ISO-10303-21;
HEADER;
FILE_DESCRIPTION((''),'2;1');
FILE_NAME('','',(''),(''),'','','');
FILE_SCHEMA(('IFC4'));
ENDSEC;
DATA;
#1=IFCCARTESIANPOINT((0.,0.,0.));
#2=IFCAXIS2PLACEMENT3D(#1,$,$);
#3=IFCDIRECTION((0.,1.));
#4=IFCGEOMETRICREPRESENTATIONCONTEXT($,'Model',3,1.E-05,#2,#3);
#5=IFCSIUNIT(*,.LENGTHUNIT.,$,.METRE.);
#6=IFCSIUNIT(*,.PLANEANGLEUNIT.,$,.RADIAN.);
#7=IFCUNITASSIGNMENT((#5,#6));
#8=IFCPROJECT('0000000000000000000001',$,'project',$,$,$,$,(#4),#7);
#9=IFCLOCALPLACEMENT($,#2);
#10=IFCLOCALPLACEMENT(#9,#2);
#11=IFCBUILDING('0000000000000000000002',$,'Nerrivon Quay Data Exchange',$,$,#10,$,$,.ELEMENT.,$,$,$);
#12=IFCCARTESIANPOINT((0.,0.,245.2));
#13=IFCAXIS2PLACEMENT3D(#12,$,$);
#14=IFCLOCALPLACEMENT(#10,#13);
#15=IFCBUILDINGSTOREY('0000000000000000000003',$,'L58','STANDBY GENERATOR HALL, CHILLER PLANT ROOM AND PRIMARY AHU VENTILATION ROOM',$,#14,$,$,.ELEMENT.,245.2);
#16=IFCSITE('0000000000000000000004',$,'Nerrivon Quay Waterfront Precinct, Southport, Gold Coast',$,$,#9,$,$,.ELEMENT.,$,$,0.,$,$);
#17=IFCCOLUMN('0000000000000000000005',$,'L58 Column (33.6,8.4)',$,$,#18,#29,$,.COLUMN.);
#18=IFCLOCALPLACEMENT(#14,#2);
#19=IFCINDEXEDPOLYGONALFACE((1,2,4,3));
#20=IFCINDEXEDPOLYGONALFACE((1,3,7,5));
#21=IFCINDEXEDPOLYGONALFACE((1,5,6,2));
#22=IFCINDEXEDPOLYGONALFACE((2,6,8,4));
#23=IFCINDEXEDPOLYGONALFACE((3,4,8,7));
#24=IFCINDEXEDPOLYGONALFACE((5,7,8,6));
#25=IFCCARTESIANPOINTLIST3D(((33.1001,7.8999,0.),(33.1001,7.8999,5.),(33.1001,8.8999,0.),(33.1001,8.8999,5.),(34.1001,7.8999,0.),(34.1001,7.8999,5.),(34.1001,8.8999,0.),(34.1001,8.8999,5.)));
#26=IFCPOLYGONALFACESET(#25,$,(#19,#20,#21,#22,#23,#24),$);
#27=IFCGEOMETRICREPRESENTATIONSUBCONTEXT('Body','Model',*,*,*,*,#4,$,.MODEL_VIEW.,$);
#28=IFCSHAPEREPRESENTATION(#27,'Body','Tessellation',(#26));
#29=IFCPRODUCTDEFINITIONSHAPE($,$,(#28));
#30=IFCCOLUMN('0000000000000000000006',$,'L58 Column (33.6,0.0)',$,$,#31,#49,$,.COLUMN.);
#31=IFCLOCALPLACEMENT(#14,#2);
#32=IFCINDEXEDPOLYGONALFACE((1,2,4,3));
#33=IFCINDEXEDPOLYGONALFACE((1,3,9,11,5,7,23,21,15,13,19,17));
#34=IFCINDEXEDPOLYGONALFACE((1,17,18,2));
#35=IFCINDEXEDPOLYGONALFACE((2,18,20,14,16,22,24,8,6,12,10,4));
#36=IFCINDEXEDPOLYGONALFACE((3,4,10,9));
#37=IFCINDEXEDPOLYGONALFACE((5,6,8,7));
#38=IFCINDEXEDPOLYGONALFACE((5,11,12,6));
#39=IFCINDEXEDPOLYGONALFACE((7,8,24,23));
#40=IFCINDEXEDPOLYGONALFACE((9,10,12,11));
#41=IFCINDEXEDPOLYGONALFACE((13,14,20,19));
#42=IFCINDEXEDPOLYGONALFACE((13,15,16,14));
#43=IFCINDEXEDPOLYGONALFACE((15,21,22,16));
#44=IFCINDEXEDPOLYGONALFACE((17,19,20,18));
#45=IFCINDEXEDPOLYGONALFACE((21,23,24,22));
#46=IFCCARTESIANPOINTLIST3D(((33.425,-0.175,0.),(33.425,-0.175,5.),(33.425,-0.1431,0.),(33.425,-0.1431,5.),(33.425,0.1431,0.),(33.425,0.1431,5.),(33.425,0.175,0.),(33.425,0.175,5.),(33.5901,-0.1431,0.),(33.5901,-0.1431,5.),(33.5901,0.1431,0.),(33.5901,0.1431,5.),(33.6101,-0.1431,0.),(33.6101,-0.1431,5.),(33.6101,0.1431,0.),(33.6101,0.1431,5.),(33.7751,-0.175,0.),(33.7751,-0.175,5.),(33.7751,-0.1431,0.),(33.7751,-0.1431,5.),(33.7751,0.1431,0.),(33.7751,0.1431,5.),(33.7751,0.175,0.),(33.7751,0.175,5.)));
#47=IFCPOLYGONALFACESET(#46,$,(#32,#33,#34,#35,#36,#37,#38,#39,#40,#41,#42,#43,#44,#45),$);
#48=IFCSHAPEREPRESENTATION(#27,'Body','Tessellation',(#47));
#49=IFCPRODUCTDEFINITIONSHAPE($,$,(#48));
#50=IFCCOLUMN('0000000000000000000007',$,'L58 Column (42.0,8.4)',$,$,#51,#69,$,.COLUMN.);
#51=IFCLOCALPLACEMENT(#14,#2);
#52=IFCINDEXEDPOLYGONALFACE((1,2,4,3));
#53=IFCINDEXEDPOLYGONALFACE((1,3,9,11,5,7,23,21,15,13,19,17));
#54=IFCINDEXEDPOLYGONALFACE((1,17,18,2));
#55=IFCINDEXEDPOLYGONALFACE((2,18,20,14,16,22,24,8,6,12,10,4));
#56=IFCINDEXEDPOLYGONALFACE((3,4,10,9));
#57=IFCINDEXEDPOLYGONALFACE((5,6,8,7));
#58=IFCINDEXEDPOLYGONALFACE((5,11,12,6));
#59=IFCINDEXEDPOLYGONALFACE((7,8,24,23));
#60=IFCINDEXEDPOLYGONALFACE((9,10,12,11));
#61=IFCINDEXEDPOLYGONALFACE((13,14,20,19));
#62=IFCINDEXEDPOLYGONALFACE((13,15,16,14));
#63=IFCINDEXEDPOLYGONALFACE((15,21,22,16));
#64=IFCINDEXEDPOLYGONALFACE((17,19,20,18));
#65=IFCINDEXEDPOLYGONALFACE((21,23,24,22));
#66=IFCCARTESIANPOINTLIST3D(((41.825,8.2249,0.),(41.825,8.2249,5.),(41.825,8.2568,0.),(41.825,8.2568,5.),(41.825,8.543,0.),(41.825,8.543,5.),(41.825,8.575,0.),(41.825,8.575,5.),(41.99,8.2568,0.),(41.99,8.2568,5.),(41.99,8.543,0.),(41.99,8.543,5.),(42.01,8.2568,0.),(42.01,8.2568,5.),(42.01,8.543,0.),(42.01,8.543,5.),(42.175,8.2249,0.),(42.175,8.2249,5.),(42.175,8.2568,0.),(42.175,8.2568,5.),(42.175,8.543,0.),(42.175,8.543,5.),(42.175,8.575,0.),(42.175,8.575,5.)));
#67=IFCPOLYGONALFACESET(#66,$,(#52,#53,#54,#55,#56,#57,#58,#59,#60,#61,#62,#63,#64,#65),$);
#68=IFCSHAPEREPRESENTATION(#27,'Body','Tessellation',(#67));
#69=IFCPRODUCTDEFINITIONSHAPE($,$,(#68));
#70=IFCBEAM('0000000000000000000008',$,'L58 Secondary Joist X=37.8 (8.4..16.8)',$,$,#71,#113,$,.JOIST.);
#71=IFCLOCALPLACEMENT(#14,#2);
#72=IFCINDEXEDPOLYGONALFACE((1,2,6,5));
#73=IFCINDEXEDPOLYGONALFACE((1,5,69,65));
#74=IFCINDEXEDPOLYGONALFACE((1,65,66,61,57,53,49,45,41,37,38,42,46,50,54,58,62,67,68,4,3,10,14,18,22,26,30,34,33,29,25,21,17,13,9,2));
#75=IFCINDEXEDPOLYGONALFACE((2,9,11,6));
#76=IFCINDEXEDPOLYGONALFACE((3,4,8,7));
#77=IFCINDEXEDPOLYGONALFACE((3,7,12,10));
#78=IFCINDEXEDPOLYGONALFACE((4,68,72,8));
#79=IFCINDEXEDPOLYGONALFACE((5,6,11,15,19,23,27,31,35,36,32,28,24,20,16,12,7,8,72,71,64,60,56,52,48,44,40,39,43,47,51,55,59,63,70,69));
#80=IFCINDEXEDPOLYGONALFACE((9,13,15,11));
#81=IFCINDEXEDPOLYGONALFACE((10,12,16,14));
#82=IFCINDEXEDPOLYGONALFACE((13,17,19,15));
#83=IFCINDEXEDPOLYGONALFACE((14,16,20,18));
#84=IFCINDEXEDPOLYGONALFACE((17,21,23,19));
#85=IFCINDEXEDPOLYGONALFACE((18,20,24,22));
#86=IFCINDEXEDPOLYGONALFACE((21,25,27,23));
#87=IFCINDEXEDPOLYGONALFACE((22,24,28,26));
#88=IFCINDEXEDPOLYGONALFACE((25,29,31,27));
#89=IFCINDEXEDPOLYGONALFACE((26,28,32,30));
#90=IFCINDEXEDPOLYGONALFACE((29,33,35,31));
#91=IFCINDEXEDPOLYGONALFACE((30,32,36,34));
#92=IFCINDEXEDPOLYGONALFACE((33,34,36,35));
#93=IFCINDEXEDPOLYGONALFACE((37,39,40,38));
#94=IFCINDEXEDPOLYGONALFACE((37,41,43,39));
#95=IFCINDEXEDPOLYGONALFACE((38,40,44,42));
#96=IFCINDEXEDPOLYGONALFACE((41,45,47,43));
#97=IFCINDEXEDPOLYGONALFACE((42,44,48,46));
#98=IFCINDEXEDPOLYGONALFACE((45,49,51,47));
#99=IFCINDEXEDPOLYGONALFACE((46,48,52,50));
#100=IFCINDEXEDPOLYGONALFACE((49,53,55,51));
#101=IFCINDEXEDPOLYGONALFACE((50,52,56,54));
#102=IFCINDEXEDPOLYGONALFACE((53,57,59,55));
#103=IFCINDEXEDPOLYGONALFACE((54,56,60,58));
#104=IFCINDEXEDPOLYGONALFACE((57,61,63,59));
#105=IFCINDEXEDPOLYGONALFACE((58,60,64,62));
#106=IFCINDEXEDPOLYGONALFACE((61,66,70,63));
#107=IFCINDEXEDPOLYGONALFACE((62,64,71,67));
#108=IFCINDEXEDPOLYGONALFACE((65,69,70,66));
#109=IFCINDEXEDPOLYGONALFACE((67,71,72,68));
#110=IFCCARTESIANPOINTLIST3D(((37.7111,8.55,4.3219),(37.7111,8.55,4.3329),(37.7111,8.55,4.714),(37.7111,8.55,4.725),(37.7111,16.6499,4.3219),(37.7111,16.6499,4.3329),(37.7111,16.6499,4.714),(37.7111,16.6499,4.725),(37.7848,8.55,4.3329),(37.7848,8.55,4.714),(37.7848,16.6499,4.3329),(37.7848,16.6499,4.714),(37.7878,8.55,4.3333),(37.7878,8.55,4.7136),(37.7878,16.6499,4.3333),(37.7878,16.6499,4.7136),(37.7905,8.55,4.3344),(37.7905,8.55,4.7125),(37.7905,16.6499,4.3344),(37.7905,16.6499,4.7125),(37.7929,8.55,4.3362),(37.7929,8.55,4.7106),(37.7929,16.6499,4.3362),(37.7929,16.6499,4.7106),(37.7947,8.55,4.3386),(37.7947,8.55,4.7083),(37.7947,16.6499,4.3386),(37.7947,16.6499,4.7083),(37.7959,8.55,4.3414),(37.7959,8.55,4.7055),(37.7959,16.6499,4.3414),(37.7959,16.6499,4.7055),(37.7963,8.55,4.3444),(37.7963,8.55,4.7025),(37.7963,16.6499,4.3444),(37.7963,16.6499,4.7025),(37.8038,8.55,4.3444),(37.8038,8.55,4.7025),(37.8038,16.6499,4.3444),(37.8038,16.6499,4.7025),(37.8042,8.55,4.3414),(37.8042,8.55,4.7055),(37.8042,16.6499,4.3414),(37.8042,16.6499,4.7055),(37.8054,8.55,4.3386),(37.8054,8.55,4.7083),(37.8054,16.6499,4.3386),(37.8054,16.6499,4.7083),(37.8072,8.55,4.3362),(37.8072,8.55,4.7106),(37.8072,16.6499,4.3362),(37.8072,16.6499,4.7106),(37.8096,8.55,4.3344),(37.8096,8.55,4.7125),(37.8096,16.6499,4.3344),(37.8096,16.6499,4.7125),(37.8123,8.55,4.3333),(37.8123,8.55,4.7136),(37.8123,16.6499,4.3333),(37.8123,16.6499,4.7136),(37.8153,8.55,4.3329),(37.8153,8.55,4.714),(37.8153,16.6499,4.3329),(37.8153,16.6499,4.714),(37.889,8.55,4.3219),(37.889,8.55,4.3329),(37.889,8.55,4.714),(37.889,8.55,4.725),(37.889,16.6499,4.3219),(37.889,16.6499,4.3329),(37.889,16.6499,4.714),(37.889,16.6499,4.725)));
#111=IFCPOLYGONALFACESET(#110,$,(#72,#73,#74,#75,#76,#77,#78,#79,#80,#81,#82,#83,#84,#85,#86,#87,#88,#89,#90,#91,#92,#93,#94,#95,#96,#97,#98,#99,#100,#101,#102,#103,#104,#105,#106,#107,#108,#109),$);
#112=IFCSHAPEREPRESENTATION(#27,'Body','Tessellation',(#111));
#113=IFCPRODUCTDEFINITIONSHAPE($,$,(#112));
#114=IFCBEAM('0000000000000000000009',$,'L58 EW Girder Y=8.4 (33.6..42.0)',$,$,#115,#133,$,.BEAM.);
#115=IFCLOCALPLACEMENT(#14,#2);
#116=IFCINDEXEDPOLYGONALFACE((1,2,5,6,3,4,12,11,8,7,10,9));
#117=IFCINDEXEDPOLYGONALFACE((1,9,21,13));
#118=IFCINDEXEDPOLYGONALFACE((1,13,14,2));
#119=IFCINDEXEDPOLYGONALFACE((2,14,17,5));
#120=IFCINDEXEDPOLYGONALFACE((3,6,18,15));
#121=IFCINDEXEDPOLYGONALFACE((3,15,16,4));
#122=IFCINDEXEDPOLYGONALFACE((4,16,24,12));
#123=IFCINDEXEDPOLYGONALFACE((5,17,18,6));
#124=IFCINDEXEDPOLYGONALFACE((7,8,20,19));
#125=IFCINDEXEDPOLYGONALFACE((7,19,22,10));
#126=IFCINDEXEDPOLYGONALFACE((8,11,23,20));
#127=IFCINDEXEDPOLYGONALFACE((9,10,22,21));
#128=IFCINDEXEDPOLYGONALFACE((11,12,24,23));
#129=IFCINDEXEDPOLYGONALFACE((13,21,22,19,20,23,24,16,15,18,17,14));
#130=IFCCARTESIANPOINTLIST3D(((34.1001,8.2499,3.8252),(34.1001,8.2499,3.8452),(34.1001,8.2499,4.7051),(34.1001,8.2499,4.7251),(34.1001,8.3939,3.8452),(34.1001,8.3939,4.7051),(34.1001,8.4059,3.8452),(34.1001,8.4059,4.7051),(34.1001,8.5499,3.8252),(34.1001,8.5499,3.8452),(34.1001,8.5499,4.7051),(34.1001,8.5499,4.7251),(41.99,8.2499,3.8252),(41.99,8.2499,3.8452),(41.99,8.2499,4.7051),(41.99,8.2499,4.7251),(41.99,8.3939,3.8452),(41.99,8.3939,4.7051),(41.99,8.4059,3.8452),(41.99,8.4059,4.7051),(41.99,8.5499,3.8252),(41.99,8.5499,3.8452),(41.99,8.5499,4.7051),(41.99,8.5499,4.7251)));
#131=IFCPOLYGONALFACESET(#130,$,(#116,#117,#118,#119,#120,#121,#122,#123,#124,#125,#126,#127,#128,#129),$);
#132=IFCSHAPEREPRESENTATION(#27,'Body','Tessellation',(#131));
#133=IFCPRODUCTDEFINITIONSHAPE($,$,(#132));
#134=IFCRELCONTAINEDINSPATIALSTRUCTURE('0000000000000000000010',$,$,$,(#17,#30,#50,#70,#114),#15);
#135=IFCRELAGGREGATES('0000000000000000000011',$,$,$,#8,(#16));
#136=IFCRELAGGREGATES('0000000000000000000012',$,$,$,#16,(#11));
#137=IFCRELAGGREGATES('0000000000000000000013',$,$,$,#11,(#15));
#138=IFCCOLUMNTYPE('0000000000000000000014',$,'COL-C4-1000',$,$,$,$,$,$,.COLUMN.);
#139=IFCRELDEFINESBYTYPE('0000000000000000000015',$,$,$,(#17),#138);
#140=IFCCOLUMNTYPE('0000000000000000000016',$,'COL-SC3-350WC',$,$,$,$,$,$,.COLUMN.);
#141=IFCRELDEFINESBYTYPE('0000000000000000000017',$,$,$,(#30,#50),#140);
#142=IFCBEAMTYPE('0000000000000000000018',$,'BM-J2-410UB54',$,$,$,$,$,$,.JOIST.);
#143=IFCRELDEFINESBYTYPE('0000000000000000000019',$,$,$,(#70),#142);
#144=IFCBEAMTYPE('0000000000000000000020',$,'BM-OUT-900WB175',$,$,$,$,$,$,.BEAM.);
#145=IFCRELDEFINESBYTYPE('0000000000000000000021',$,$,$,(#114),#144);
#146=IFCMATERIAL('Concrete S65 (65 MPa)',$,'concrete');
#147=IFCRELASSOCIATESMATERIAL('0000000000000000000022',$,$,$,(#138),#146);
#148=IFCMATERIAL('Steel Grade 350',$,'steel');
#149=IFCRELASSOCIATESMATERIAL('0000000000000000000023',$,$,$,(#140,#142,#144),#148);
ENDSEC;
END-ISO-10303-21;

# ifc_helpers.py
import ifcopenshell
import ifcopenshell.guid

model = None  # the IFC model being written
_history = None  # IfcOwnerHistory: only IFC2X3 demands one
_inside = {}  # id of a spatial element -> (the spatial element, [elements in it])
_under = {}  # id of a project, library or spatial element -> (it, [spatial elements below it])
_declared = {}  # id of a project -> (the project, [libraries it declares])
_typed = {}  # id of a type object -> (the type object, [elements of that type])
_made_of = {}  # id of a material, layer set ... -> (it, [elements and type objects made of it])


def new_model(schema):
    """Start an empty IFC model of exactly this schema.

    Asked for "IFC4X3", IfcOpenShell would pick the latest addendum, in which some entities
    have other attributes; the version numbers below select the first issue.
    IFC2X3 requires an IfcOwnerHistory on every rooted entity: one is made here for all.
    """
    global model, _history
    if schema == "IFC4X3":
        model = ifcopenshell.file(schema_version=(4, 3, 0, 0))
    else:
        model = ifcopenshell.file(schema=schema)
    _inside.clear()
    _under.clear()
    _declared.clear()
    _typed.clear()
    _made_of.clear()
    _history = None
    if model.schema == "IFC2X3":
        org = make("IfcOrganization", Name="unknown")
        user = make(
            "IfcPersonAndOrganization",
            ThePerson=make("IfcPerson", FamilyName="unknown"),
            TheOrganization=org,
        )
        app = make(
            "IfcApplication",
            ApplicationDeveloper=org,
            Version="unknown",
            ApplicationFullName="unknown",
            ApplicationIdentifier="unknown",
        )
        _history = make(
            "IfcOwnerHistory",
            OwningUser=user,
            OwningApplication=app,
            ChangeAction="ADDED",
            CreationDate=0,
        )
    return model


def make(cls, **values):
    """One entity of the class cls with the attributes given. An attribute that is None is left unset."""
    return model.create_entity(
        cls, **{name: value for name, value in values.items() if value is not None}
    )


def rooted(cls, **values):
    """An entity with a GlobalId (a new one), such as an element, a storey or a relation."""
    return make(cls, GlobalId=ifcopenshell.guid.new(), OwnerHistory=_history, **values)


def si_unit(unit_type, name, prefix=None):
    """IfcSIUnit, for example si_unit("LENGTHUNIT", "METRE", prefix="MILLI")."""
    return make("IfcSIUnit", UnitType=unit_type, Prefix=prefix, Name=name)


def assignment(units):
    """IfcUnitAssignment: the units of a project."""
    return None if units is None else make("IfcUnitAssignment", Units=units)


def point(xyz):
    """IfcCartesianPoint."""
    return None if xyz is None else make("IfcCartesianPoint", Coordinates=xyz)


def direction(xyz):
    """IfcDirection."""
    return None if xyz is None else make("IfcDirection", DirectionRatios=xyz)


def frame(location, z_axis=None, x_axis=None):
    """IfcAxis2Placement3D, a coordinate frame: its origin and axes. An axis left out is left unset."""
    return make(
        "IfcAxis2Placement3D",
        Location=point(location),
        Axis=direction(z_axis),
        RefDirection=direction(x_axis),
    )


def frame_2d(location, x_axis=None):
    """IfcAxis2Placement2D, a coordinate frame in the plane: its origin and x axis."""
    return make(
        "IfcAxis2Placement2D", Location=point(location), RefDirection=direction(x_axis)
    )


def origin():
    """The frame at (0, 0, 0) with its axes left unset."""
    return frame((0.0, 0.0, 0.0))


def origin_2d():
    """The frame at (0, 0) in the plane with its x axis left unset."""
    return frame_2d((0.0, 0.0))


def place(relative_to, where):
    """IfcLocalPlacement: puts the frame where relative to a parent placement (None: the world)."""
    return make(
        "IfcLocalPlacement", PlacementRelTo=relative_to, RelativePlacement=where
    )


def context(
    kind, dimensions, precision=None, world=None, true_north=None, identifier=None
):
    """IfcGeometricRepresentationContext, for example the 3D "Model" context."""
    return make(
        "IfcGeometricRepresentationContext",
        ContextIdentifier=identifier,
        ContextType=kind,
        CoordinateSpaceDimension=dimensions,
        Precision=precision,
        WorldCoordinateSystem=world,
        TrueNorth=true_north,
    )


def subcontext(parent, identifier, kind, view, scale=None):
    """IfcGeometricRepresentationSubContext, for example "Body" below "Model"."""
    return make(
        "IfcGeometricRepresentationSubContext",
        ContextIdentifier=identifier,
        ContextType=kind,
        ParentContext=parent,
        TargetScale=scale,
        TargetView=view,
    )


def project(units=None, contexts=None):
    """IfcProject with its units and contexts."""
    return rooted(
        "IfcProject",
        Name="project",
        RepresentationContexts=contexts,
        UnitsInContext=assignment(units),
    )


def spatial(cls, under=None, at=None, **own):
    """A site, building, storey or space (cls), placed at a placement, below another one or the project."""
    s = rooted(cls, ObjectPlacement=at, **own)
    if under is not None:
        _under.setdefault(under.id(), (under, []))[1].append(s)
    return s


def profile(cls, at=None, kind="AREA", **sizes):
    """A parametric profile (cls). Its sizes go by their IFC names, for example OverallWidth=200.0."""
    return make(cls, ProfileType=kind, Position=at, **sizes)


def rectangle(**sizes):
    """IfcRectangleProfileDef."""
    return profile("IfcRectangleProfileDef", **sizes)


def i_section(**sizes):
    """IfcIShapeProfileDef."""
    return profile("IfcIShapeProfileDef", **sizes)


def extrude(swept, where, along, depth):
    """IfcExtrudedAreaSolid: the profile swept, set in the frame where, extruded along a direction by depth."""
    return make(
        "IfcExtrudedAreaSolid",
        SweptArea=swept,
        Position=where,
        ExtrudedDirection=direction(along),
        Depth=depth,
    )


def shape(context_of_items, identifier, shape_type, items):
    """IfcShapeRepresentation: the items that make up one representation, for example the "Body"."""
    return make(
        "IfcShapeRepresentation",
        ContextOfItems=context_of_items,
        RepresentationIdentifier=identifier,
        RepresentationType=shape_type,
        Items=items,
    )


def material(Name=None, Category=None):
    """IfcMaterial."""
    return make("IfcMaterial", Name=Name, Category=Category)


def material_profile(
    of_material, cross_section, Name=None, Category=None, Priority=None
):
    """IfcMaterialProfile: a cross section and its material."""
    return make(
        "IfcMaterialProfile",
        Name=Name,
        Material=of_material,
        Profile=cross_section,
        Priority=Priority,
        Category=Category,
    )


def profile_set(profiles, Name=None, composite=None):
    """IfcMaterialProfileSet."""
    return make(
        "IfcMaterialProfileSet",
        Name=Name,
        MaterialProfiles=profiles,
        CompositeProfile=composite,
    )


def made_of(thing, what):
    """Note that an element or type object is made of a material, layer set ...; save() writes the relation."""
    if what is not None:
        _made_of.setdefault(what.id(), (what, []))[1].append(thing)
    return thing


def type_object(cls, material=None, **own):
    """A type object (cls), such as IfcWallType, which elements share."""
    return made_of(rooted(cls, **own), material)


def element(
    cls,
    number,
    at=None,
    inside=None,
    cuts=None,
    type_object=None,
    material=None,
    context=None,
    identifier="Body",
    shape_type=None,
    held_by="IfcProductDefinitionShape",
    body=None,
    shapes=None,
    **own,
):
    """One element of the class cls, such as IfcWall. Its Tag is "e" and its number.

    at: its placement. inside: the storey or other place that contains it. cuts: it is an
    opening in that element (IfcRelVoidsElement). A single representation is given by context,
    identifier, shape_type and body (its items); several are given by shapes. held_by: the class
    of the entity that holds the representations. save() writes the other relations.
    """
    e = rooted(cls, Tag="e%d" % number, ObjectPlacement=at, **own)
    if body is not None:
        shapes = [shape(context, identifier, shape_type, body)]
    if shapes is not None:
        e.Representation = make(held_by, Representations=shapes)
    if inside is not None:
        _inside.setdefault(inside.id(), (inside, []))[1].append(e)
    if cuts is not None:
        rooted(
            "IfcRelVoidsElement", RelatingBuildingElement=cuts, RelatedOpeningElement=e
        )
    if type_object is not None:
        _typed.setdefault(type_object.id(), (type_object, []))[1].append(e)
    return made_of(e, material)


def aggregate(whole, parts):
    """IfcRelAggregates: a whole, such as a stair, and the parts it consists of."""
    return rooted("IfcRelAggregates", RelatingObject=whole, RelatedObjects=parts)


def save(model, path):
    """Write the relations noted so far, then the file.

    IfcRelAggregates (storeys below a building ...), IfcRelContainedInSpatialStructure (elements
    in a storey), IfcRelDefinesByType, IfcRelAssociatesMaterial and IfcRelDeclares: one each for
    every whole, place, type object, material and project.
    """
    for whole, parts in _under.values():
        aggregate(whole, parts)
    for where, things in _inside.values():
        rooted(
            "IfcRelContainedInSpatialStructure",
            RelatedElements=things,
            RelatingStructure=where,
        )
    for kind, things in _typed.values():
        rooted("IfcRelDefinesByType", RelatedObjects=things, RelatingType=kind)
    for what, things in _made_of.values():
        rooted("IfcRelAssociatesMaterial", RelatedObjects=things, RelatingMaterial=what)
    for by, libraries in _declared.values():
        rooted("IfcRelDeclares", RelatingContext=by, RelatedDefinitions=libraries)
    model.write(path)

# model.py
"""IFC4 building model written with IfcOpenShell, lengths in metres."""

from ifc_helpers import new_model, si_unit, direction, frame, origin, origin_2d, place, context, subcontext, project, spatial, rectangle, i_section, extrude, material, material_profile, profile_set, type_object, element, save


model = new_model("IFC4")

# Units and contexts
model_context = context("Model", 3, precision=1e-05, world=origin(), true_north=direction((0.0, 1.0)))
body_context = subcontext(model_context, "Body", "Model", "MODEL_VIEW")
ifc_project = project(units=[si_unit("LENGTHUNIT", "METRE"), si_unit("PLANEANGLEUNIT", "RADIAN")], contexts=[model_context])

# Site, building, storey
site_placement = place(None, origin())
site = spatial("IfcSite", under=ifc_project, at=site_placement, Name="Nerrivon Quay Waterfront Precinct, Southport, Gold Coast", CompositionType="ELEMENT", RefElevation=0.0)
building_placement = place(site_placement, origin())
building = spatial("IfcBuilding", under=site, at=building_placement, Name="Nerrivon Quay Data Exchange", CompositionType="ELEMENT")
storey_placement = place(building_placement, frame((0.0, 0.0, 245.2)))
storey = spatial("IfcBuildingStorey", under=building, at=storey_placement, Name="L58", Description="STANDBY GENERATOR HALL, CHILLER PLANT ROOM AND PRIMARY AHU VENTILATION ROOM", CompositionType="ELEMENT", Elevation=245.2)

# Columns
ifc_material_1 = material(Name="Concrete S65 (65 MPa)", Category="concrete")
ifc_material_profile_1 = material_profile(ifc_material_1, rectangle(XDim=1.0, YDim=1.0, at=origin_2d()), Name="RC-COL-1000x1000")
ifc_profile_set_1 = profile_set([ifc_material_profile_1], Name="Concrete S65 (65 MPa)")
column_type_1 = type_object("IfcColumnType", Name="COL-C4-1000", PredefinedType="COLUMN", material=ifc_profile_set_1)
column_placement = place(storey_placement, frame((33.6001, 8.3999, 0.0), z_axis=(0.0, 0.0, 1.0), x_axis=(1.0, 0.0, 0.0)))
element("IfcColumn", 1, at=column_placement, inside=storey, type_object=column_type_1, Name="L58 Column (33.6,8.4)", PredefinedType="COLUMN", context=body_context, shape_type="SweptSolid", body=[
    extrude(rectangle(XDim=1.0, YDim=1.0, at=origin_2d()), origin(), (0.0, 0.0, 1.0), 5.0),
])
ifc_material_2 = material(Name="Steel Grade 350", Category="steel")
ifc_material_profile_2 = material_profile(ifc_material_2, i_section(OverallWidth=0.3501, OverallDepth=0.3501, WebThickness=0.02, FlangeThickness=0.032, at=origin_2d()), Name="350WC230")
ifc_profile_set_2 = profile_set([ifc_material_profile_2], Name="Steel Grade 350")
column_type_2 = type_object("IfcColumnType", Name="COL-SC3-350WC", PredefinedType="COLUMN", material=ifc_profile_set_2)
for number, where, z_axis, x_axis, name in (
    (2, (33.6001, 0.0, 0.0), (0.0, 0.0, 1.0), (1.0, 0.0, 0.0), "L58 Column (33.6,0.0)"),
    (3, (42.0, 8.3999, 0.0), (0.0, 0.0, 1.0), (1.0, 0.0, 0.0), "L58 Column (42.0,8.4)"),
):
    element("IfcColumn", number, at=place(storey_placement, frame(where, z_axis=z_axis, x_axis=x_axis)), inside=storey, type_object=column_type_2, Name=name, PredefinedType="COLUMN", context=body_context, shape_type="SweptSolid", body=[
        extrude(i_section(OverallWidth=0.3501, OverallDepth=0.3501, WebThickness=0.02, FlangeThickness=0.032, at=origin_2d()), origin(), (0.0, 0.0, 1.0), 5.0),
    ])

# Beams
ifc_material_profile_3 = material_profile(ifc_material_2, i_section(OverallWidth=0.178, OverallDepth=0.4031, WebThickness=0.0076, FlangeThickness=0.011, FilletRadius=0.0115, at=origin_2d()), Name="410UB53.7")
ifc_profile_set_3 = profile_set([ifc_material_profile_3], Name="Steel Grade 350")
beam_type_1 = type_object("IfcBeamType", Name="BM-J2-410UB54", PredefinedType="JOIST", material=ifc_profile_set_3)
beam_1_placement = place(storey_placement, frame((37.8, 8.55, 4.5234), z_axis=(0.0, 1.0, 0.0), x_axis=(-1.0, 0.0, 0.0)))
element("IfcBeam", 4, at=beam_1_placement, inside=storey, type_object=beam_type_1, Name="L58 Secondary Joist X=37.8 (8.4..16.8)", PredefinedType="JOIST", context=body_context, shape_type="SweptSolid", body=[
    extrude(i_section(OverallWidth=0.178, OverallDepth=0.4031, WebThickness=0.0076, FlangeThickness=0.011, FilletRadius=0.0115, at=origin_2d()), origin(), (0.0, 0.0, 1.0), 8.0999),
])
ifc_material_profile_4 = material_profile(ifc_material_2, i_section(OverallWidth=0.3, OverallDepth=0.8999, WebThickness=0.012, FlangeThickness=0.02, at=origin_2d()), Name="900WB175")
ifc_profile_set_4 = profile_set([ifc_material_profile_4], Name="Steel Grade 350")
beam_type_2 = type_object("IfcBeamType", Name="BM-OUT-900WB175", PredefinedType="BEAM", material=ifc_profile_set_4)
beam_2_placement = place(storey_placement, frame((34.1001, 8.3999, 4.2751), z_axis=(1.0, 0.0, 0.0), x_axis=(0.0, 1.0, 0.0)))
element("IfcBeam", 5, at=beam_2_placement, inside=storey, type_object=beam_type_2, Name="L58 EW Girder Y=8.4 (33.6..42.0)", PredefinedType="BEAM", context=body_context, shape_type="SweptSolid", body=[
    extrude(i_section(OverallWidth=0.3, OverallDepth=0.8999, WebThickness=0.012, FlangeThickness=0.02, at=origin_2d()), origin(), (0.0, 0.0, 1.0), 7.8899),
])

save(model, "model.ifc")
